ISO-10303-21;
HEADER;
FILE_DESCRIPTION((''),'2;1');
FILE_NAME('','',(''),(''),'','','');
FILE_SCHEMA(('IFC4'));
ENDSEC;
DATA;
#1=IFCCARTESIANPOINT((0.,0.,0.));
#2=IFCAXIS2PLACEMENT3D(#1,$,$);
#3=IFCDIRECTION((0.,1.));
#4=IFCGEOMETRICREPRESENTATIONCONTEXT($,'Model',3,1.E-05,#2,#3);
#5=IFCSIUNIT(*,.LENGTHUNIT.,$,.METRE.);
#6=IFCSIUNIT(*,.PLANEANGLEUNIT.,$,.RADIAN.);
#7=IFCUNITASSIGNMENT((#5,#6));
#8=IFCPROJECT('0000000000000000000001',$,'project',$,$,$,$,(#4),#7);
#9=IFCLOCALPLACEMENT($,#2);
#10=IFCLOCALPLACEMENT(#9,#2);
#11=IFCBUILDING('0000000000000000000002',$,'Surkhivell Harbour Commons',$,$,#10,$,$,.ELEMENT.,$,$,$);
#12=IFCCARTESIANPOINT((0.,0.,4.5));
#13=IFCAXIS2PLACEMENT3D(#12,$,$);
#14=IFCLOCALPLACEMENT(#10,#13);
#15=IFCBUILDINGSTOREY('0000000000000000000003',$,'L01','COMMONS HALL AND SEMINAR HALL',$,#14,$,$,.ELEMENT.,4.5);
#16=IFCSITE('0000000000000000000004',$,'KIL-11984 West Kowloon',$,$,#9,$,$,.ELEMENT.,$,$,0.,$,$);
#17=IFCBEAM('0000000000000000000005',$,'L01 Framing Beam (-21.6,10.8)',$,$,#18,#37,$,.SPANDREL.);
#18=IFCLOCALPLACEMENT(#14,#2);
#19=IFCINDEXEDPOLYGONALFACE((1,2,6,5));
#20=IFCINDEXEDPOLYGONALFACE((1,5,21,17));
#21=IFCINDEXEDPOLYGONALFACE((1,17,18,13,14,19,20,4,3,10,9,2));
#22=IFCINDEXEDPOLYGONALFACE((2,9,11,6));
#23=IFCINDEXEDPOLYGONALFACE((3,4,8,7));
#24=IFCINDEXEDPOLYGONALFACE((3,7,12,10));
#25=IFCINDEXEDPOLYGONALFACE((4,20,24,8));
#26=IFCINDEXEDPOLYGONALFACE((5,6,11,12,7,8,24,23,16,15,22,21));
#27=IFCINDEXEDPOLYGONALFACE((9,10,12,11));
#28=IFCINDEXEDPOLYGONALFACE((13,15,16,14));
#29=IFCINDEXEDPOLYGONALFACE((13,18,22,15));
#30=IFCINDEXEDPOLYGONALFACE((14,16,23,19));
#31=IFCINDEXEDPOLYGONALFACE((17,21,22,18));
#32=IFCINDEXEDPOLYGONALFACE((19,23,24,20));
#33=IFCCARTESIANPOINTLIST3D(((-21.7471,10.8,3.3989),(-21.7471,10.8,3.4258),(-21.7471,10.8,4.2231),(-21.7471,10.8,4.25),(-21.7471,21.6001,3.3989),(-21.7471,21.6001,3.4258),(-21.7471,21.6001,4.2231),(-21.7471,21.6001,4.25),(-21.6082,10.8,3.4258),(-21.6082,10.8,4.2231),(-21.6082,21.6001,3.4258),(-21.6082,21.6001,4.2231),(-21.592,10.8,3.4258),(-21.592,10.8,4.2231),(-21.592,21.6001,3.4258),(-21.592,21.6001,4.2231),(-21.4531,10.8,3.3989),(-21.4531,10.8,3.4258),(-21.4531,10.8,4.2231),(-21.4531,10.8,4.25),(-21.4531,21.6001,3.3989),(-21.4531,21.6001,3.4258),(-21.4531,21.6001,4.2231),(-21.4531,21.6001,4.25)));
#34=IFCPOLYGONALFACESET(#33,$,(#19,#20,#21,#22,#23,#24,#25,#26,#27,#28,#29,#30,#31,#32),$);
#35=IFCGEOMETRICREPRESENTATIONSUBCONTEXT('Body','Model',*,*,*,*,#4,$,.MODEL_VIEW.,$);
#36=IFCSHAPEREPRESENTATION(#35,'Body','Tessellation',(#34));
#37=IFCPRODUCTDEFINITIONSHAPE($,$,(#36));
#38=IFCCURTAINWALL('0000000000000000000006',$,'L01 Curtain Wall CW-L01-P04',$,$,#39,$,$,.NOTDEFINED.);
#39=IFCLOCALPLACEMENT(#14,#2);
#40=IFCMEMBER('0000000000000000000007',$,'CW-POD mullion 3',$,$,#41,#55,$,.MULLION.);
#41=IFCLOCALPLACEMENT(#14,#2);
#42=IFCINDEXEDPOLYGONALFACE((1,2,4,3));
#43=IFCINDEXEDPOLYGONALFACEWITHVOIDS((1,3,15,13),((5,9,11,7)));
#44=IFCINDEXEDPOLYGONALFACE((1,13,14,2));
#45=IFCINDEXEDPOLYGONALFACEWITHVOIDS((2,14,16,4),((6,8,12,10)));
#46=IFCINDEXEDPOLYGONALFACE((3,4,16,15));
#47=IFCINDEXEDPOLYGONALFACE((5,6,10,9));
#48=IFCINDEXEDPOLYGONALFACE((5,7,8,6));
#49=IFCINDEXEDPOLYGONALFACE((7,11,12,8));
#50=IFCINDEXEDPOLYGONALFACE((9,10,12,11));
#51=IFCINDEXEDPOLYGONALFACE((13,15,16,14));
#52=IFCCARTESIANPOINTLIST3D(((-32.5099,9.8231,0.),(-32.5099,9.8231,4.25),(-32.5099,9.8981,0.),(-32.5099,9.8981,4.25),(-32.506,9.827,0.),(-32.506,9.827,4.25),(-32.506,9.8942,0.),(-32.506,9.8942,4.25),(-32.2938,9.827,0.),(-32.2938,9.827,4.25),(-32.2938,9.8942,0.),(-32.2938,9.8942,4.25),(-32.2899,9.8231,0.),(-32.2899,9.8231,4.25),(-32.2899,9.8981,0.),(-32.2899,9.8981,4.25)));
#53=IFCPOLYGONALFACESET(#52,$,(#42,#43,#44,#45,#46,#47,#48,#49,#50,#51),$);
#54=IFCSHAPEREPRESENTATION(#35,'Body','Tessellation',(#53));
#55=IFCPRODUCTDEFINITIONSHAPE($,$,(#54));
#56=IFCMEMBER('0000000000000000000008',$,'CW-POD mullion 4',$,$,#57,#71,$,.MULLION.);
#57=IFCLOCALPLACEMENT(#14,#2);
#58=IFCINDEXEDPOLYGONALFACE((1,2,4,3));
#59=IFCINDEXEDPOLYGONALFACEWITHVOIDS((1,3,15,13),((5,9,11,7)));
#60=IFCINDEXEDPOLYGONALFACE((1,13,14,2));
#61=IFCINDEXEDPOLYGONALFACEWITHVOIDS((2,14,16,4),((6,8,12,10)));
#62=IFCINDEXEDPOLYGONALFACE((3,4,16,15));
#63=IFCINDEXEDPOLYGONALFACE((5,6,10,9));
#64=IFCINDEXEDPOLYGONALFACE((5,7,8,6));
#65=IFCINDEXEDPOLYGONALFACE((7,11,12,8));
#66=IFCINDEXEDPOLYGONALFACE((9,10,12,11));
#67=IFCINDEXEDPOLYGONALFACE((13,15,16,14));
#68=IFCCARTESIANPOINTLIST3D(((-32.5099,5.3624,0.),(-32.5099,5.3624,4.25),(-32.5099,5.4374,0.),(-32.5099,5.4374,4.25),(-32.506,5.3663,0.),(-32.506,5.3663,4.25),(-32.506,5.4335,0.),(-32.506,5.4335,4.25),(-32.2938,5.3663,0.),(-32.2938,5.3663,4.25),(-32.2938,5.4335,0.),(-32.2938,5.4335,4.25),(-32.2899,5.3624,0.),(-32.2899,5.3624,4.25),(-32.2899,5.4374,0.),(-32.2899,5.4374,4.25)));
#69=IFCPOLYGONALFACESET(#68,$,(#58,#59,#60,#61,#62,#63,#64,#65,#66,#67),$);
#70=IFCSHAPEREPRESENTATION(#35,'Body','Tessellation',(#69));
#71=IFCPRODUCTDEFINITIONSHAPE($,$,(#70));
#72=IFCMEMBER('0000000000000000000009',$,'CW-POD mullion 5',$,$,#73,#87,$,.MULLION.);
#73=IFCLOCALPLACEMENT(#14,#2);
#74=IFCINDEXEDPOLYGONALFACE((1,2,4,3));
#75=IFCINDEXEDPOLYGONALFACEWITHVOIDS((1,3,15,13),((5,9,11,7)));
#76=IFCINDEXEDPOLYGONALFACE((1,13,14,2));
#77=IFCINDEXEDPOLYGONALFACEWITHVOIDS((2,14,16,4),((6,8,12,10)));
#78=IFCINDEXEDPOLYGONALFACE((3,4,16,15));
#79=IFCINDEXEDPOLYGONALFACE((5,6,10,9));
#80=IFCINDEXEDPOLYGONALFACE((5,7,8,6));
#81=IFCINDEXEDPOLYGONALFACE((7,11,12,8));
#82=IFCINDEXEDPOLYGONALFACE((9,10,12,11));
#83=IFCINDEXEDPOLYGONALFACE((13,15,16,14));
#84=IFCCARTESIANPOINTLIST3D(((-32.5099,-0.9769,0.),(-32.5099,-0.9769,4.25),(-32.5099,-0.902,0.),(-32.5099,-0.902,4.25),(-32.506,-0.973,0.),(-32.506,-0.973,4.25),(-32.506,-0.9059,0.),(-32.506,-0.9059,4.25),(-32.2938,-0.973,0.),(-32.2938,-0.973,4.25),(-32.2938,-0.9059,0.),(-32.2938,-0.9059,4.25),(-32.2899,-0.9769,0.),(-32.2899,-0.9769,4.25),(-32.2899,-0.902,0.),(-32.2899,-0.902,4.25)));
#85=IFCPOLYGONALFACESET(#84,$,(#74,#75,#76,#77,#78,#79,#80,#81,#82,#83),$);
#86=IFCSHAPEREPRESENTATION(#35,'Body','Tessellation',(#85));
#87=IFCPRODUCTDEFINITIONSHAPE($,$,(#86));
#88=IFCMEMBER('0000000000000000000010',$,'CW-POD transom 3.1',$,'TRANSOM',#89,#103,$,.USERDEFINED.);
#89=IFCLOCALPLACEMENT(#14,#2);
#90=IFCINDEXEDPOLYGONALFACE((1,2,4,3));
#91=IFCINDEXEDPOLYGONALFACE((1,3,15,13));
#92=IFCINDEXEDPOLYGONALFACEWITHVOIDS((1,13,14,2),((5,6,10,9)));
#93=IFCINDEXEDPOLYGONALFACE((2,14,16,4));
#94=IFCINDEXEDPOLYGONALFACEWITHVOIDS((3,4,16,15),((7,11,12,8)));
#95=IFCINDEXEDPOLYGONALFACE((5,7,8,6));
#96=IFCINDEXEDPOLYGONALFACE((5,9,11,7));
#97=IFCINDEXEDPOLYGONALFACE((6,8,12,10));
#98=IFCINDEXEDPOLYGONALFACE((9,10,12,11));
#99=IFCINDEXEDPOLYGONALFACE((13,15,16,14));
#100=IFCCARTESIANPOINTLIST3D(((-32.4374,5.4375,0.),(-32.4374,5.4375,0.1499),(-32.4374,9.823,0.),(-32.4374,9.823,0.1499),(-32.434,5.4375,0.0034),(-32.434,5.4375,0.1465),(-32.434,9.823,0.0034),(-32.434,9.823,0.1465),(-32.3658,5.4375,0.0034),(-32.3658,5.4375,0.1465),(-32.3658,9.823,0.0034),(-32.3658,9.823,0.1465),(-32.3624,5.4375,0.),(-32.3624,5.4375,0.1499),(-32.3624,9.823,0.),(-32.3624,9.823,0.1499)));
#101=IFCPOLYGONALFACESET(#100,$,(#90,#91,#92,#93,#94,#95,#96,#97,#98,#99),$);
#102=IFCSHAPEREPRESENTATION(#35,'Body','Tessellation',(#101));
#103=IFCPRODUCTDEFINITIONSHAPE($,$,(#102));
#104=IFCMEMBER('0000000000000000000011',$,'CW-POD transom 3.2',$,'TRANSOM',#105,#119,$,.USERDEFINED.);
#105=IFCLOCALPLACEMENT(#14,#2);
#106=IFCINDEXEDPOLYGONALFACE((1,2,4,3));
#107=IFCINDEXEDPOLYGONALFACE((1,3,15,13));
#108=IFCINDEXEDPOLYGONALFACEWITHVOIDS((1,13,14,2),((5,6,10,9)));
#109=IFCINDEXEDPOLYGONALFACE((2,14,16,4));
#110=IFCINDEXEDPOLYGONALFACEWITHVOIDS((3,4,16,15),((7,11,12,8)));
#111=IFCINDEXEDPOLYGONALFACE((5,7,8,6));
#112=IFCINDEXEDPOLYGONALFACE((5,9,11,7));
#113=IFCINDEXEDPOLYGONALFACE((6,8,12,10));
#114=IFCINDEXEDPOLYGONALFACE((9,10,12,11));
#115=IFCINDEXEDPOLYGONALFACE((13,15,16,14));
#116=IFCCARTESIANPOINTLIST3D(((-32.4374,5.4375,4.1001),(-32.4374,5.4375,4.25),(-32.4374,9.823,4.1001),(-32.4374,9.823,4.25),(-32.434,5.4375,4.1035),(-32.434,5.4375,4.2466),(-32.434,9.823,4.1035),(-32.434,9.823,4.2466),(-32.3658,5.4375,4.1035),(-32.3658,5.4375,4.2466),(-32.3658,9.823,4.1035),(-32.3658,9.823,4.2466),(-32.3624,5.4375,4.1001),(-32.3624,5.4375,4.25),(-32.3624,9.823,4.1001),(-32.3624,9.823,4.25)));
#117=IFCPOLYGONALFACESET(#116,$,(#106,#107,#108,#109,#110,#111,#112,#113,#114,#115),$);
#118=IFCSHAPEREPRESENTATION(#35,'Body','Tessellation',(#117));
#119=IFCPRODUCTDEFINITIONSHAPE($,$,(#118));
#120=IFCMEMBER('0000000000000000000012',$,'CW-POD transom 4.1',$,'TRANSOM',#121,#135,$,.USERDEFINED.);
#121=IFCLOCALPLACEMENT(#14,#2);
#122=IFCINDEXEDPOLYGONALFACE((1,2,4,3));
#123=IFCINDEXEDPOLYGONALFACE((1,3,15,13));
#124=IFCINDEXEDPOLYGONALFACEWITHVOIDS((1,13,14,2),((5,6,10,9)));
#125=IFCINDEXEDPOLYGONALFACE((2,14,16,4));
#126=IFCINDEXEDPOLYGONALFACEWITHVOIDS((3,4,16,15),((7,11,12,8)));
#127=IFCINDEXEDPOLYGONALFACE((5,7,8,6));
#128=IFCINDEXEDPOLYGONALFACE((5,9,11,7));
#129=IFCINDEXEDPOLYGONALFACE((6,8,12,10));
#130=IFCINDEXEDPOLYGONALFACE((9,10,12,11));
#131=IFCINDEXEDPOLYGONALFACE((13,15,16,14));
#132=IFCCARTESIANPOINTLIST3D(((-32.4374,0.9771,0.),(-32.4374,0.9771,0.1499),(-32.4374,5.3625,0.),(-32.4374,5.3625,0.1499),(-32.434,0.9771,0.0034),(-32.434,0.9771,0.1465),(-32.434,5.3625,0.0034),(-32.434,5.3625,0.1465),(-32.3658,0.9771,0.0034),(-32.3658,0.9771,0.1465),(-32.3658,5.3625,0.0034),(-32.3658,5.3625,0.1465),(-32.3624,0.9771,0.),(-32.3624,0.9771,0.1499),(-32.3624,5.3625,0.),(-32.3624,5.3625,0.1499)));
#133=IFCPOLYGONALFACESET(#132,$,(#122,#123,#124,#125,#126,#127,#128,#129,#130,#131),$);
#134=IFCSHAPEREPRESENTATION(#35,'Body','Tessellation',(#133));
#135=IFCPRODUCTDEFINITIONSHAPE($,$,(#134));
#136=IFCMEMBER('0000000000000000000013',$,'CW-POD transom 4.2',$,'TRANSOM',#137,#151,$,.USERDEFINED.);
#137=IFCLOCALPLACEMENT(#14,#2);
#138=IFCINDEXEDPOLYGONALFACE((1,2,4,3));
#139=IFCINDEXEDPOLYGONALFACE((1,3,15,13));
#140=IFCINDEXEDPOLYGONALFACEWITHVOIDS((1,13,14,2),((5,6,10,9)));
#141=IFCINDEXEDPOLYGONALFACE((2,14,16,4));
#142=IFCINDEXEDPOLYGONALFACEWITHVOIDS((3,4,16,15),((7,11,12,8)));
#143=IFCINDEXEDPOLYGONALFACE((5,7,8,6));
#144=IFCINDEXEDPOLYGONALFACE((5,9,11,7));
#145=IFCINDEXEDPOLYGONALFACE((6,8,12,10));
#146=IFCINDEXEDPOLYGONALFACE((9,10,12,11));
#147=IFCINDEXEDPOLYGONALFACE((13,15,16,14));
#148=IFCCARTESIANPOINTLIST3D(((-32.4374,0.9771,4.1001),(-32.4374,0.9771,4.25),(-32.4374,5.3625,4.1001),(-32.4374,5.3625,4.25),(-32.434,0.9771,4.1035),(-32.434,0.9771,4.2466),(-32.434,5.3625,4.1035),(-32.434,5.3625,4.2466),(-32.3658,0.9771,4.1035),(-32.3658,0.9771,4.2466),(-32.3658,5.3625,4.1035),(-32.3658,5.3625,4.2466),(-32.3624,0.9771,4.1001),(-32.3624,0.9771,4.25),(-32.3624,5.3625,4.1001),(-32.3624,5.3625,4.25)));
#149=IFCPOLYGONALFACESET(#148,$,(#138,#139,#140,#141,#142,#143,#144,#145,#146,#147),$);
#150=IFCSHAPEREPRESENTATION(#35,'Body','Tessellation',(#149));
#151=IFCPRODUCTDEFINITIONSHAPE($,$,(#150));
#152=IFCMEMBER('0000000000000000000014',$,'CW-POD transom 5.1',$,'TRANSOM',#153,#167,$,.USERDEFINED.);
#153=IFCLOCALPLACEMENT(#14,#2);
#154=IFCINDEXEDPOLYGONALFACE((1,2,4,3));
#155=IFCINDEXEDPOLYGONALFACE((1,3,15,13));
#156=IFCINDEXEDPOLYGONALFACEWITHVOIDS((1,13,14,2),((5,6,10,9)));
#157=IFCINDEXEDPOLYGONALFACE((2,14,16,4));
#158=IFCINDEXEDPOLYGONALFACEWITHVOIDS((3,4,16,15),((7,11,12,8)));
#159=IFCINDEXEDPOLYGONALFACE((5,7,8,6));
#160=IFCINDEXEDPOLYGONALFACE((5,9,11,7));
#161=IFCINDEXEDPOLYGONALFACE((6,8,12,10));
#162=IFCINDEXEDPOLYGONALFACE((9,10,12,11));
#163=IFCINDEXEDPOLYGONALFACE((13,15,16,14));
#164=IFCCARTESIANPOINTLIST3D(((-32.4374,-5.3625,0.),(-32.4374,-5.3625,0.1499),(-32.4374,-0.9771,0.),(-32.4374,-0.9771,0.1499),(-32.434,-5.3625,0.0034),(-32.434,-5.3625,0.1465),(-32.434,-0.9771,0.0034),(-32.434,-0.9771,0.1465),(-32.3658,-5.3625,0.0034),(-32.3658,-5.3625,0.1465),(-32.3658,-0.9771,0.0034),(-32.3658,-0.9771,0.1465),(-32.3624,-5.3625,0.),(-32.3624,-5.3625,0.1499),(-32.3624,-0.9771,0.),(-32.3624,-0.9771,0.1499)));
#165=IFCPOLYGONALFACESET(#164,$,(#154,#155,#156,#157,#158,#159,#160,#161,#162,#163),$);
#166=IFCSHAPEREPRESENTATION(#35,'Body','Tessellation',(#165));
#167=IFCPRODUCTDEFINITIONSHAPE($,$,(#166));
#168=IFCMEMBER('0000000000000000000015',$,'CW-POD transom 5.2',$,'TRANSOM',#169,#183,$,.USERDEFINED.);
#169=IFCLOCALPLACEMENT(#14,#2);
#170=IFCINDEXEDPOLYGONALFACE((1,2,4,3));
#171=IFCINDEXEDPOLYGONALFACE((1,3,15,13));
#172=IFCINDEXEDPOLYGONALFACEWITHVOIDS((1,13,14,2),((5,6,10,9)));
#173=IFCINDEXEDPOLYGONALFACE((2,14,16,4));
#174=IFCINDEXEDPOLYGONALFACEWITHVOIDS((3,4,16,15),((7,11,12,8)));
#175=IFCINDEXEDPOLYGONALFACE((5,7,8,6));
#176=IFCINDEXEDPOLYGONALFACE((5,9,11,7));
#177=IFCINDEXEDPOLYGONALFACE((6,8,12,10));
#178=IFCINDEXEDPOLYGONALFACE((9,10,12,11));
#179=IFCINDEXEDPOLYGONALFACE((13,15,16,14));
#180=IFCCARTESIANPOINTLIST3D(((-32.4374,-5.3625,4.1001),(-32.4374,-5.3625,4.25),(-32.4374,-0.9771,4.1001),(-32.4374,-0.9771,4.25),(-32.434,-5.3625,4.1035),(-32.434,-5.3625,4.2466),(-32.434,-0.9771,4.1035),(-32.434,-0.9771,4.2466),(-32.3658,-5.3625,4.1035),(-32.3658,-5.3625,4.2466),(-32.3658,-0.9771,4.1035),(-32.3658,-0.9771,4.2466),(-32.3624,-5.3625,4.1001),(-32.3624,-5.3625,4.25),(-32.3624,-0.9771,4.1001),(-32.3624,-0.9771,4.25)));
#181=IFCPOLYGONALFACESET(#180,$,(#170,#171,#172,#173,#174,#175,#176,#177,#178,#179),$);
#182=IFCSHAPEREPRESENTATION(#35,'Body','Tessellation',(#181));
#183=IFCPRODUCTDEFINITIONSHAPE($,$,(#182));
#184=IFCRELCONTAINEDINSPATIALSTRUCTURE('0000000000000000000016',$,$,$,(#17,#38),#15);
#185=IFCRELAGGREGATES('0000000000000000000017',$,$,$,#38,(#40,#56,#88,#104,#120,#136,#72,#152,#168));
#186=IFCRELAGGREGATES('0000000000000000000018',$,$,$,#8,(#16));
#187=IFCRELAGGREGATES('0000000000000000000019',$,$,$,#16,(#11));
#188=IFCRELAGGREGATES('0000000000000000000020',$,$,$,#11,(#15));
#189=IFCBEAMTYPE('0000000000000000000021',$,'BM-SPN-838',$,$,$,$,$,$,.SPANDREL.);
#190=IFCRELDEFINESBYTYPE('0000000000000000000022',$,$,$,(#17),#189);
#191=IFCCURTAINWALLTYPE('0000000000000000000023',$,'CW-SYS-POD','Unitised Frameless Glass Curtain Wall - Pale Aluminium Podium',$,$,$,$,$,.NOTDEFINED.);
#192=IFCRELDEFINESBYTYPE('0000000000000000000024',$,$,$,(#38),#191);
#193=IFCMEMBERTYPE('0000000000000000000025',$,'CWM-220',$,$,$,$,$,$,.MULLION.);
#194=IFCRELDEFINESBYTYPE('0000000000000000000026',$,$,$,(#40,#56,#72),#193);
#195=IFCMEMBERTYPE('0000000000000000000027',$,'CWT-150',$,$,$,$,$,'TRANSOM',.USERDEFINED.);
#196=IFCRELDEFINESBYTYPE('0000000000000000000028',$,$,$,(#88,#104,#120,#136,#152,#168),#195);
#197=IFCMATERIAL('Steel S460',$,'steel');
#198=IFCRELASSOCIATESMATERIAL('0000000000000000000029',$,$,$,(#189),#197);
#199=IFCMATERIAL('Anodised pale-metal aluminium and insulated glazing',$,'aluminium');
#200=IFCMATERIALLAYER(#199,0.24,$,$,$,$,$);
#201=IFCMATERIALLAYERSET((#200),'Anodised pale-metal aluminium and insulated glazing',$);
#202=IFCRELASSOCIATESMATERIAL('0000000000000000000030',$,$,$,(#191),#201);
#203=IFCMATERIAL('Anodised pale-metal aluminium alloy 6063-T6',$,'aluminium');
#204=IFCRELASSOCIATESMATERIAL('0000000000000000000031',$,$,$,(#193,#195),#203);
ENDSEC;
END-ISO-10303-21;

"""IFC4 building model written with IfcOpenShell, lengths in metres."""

from ifc_helpers import new_model, si_unit, direction, frame, origin, origin_2d, place, context, subcontext, project, spatial, hollow_rectangle, i_section, extrude, material, layer, layer_set, material_profile, profile_set, type_object, element, aggregate, save


model = new_model("IFC4")

# Units and contexts
model_context = context("Model", 3, precision=1e-05, world=origin(), true_north=direction((0.0, 1.0)))
body_context = subcontext(model_context, "Body", "Model", "MODEL_VIEW")
ifc_project = project(units=[si_unit("LENGTHUNIT", "METRE"), si_unit("PLANEANGLEUNIT", "RADIAN")], contexts=[model_context])

# Site, building, storey
site_placement = place(None, origin())
site = spatial("IfcSite", under=ifc_project, at=site_placement, Name="KIL-11984 West Kowloon", CompositionType="ELEMENT", RefElevation=0.0)
building_placement = place(site_placement, origin())
building = spatial("IfcBuilding", under=site, at=building_placement, Name="Surkhivell Harbour Commons", CompositionType="ELEMENT")
storey_placement = place(building_placement, frame((0.0, 0.0, 4.5)))
storey = spatial("IfcBuildingStorey", under=building, at=storey_placement, Name="L01", Description="COMMONS HALL AND SEMINAR HALL", CompositionType="ELEMENT", Elevation=4.5)

# Beam
ifc_material_1 = material(Name="Steel S460", Category="steel")
ifc_material_profile_1 = material_profile(ifc_material_1, i_section(OverallWidth=0.2939, OverallDepth=0.8511, WebThickness=0.0161, FlangeThickness=0.0269, at=origin_2d()), Name="UB838x292x226")
ifc_profile_set_1 = profile_set([ifc_material_profile_1], Name="Steel S460")
beam_type = type_object("IfcBeamType", Name="BM-SPN-838", PredefinedType="SPANDREL", material=ifc_profile_set_1)
for number, where, z_axis, x_axis, name in (
    (1, (-21.6001, 10.8, 3.8245), (0.0, 1.0, 0.0), (-1.0, 0.0, 0.0), "L01 Framing Beam (-21.6,10.8)"),
):
    element("IfcBeam", number, at=place(storey_placement, frame(where, z_axis=z_axis, x_axis=x_axis)), inside=storey, type_object=beam_type, Name=name, PredefinedType="SPANDREL", context=body_context, shape_type="SweptSolid", body=[
        extrude(i_section(OverallWidth=0.2939, OverallDepth=0.8511, WebThickness=0.0161, FlangeThickness=0.0269, at=origin_2d()), origin(), (0.0, 0.0, 1.0), 10.8),
    ])

# Curtain wall, members
ifc_material_2 = material(Name="Anodised pale-metal aluminium and insulated glazing", Category="aluminium")
ifc_layer_1 = layer(ifc_material_2, 0.24)
ifc_layer_set_1 = layer_set([ifc_layer_1], Name="Anodised pale-metal aluminium and insulated glazing")
curtain_wall_type = type_object("IfcCurtainWallType", Name="CW-SYS-POD", Description="Unitised Frameless Glass Curtain Wall - Pale Aluminium Podium", PredefinedType="NOTDEFINED", material=ifc_layer_set_1)
curtain_wall_placement = place(storey_placement, origin())
curtain_wall = element("IfcCurtainWall", 2, at=curtain_wall_placement, inside=storey, type_object=curtain_wall_type, Name="L01 Curtain Wall CW-L01-P04", PredefinedType="NOTDEFINED")
ifc_material_3 = material(Name="Anodised pale-metal aluminium alloy 6063-T6", Category="aluminium")
ifc_material_profile_2 = material_profile(ifc_material_3, hollow_rectangle(XDim=0.075, YDim=0.22, WallThickness=0.0039, at=origin_2d()), Name="ALU-MULL-75x220")
ifc_profile_set_2 = profile_set([ifc_material_profile_2], Name="Anodised pale-metal aluminium alloy 6063-T6")
member_type_1 = type_object("IfcMemberType", Name="CWM-220", PredefinedType="MULLION", material=ifc_profile_set_2)
member_1_placement = place(storey_placement, frame((-32.3999, 9.8606, 0.0), z_axis=(0.0, 0.0, 1.0), x_axis=(0.0, -1.0, 0.0)))
member_1 = element("IfcMember", 3, at=member_1_placement, type_object=member_type_1, Name="CW-POD mullion 3", PredefinedType="MULLION", context=body_context, shape_type="SweptSolid", body=[
    extrude(hollow_rectangle(XDim=0.075, YDim=0.22, WallThickness=0.0039, at=origin_2d()), origin(), (0.0, 0.0, 1.0), 4.25),
])
member_2_placement = place(storey_placement, frame((-32.3999, 5.3999, 0.0), z_axis=(0.0, 0.0, 1.0), x_axis=(0.0, -1.0, 0.0)))
member_2 = element("IfcMember", 4, at=member_2_placement, type_object=member_type_1, Name="CW-POD mullion 4", PredefinedType="MULLION", context=body_context, shape_type="SweptSolid", body=[
    extrude(hollow_rectangle(XDim=0.075, YDim=0.22, WallThickness=0.0039, at=origin_2d()), origin(), (0.0, 0.0, 1.0), 4.25),
])
member_3_placement = place(storey_placement, frame((-32.3999, -0.9395, 0.0), z_axis=(0.0, 0.0, 1.0), x_axis=(0.0, -1.0, 0.0)))
member_3 = element("IfcMember", 5, at=member_3_placement, type_object=member_type_1, Name="CW-POD mullion 5", PredefinedType="MULLION", context=body_context, shape_type="SweptSolid", body=[
    extrude(hollow_rectangle(XDim=0.075, YDim=0.22, WallThickness=0.0039, at=origin_2d()), origin(), (0.0, 0.0, 1.0), 4.25),
])
ifc_material_profile_3 = material_profile(ifc_material_3, hollow_rectangle(XDim=0.075, YDim=0.1499, WallThickness=0.0034, at=origin_2d()), Name="ALU-TRAN-75x150")
ifc_profile_set_3 = profile_set([ifc_material_profile_3], Name="Anodised pale-metal aluminium alloy 6063-T6")
member_type_2 = type_object("IfcMemberType", Name="CWT-150", ElementType="TRANSOM", PredefinedType="USERDEFINED", material=ifc_profile_set_3)
member_4_placement = place(storey_placement, frame((-32.3999, 9.823, 0.075), z_axis=(0.0, -1.0, 0.0), x_axis=(1.0, 0.0, 0.0)))
member_4 = element("IfcMember", 6, at=member_4_placement, type_object=member_type_2, Name="CW-POD transom 3.1", ObjectType="TRANSOM", PredefinedType="USERDEFINED", context=body_context, shape_type="SweptSolid", body=[
    extrude(hollow_rectangle(XDim=0.075, YDim=0.1499, WallThickness=0.0034, at=origin_2d()), origin(), (0.0, 0.0, 1.0), 4.3855),
])
member_5_placement = place(storey_placement, frame((-32.3999, 9.823, 4.175), z_axis=(0.0, -1.0, 0.0), x_axis=(1.0, 0.0, 0.0)))
member_5 = element("IfcMember", 7, at=member_5_placement, type_object=member_type_2, Name="CW-POD transom 3.2", ObjectType="TRANSOM", PredefinedType="USERDEFINED", context=body_context, shape_type="SweptSolid", body=[
    extrude(hollow_rectangle(XDim=0.075, YDim=0.1499, WallThickness=0.0034, at=origin_2d()), origin(), (0.0, 0.0, 1.0), 4.3855),
])
member_6_placement = place(storey_placement, frame((-32.3999, 5.3625, 0.075), z_axis=(0.0, -1.0, 0.0), x_axis=(1.0, 0.0, 0.0)))
member_6 = element("IfcMember", 8, at=member_6_placement, type_object=member_type_2, Name="CW-POD transom 4.1", ObjectType="TRANSOM", PredefinedType="USERDEFINED", context=body_context, shape_type="SweptSolid", body=[
    extrude(hollow_rectangle(XDim=0.075, YDim=0.1499, WallThickness=0.0034, at=origin_2d()), origin(), (0.0, 0.0, 1.0), 4.3855),
])
member_7_placement = place(storey_placement, frame((-32.3999, 5.3625, 4.175), z_axis=(0.0, -1.0, 0.0), x_axis=(1.0, 0.0, 0.0)))
member_7 = element("IfcMember", 9, at=member_7_placement, type_object=member_type_2, Name="CW-POD transom 4.2", ObjectType="TRANSOM", PredefinedType="USERDEFINED", context=body_context, shape_type="SweptSolid", body=[
    extrude(hollow_rectangle(XDim=0.075, YDim=0.1499, WallThickness=0.0034, at=origin_2d()), origin(), (0.0, 0.0, 1.0), 4.3855),
])
member_8_placement = place(storey_placement, frame((-32.3999, -0.9771, 0.075), z_axis=(0.0, -1.0, 0.0), x_axis=(1.0, 0.0, 0.0)))
member_8 = element("IfcMember", 10, at=member_8_placement, type_object=member_type_2, Name="CW-POD transom 5.1", ObjectType="TRANSOM", PredefinedType="USERDEFINED", context=body_context, shape_type="SweptSolid", body=[
    extrude(hollow_rectangle(XDim=0.075, YDim=0.1499, WallThickness=0.0034, at=origin_2d()), origin(), (0.0, 0.0, 1.0), 4.3855),
])
member_9_placement = place(storey_placement, frame((-32.3999, -0.9771, 4.175), z_axis=(0.0, -1.0, 0.0), x_axis=(1.0, 0.0, 0.0)))
member_9 = element("IfcMember", 11, at=member_9_placement, type_object=member_type_2, Name="CW-POD transom 5.2", ObjectType="TRANSOM", PredefinedType="USERDEFINED", context=body_context, shape_type="SweptSolid", body=[
    extrude(hollow_rectangle(XDim=0.075, YDim=0.1499, WallThickness=0.0034, at=origin_2d()), origin(), (0.0, 0.0, 1.0), 4.3855),
])
aggregate(curtain_wall, [member_1, member_2, member_4, member_5, member_6, member_7, member_3, member_8, member_9])

save(model, "model.ifc")
